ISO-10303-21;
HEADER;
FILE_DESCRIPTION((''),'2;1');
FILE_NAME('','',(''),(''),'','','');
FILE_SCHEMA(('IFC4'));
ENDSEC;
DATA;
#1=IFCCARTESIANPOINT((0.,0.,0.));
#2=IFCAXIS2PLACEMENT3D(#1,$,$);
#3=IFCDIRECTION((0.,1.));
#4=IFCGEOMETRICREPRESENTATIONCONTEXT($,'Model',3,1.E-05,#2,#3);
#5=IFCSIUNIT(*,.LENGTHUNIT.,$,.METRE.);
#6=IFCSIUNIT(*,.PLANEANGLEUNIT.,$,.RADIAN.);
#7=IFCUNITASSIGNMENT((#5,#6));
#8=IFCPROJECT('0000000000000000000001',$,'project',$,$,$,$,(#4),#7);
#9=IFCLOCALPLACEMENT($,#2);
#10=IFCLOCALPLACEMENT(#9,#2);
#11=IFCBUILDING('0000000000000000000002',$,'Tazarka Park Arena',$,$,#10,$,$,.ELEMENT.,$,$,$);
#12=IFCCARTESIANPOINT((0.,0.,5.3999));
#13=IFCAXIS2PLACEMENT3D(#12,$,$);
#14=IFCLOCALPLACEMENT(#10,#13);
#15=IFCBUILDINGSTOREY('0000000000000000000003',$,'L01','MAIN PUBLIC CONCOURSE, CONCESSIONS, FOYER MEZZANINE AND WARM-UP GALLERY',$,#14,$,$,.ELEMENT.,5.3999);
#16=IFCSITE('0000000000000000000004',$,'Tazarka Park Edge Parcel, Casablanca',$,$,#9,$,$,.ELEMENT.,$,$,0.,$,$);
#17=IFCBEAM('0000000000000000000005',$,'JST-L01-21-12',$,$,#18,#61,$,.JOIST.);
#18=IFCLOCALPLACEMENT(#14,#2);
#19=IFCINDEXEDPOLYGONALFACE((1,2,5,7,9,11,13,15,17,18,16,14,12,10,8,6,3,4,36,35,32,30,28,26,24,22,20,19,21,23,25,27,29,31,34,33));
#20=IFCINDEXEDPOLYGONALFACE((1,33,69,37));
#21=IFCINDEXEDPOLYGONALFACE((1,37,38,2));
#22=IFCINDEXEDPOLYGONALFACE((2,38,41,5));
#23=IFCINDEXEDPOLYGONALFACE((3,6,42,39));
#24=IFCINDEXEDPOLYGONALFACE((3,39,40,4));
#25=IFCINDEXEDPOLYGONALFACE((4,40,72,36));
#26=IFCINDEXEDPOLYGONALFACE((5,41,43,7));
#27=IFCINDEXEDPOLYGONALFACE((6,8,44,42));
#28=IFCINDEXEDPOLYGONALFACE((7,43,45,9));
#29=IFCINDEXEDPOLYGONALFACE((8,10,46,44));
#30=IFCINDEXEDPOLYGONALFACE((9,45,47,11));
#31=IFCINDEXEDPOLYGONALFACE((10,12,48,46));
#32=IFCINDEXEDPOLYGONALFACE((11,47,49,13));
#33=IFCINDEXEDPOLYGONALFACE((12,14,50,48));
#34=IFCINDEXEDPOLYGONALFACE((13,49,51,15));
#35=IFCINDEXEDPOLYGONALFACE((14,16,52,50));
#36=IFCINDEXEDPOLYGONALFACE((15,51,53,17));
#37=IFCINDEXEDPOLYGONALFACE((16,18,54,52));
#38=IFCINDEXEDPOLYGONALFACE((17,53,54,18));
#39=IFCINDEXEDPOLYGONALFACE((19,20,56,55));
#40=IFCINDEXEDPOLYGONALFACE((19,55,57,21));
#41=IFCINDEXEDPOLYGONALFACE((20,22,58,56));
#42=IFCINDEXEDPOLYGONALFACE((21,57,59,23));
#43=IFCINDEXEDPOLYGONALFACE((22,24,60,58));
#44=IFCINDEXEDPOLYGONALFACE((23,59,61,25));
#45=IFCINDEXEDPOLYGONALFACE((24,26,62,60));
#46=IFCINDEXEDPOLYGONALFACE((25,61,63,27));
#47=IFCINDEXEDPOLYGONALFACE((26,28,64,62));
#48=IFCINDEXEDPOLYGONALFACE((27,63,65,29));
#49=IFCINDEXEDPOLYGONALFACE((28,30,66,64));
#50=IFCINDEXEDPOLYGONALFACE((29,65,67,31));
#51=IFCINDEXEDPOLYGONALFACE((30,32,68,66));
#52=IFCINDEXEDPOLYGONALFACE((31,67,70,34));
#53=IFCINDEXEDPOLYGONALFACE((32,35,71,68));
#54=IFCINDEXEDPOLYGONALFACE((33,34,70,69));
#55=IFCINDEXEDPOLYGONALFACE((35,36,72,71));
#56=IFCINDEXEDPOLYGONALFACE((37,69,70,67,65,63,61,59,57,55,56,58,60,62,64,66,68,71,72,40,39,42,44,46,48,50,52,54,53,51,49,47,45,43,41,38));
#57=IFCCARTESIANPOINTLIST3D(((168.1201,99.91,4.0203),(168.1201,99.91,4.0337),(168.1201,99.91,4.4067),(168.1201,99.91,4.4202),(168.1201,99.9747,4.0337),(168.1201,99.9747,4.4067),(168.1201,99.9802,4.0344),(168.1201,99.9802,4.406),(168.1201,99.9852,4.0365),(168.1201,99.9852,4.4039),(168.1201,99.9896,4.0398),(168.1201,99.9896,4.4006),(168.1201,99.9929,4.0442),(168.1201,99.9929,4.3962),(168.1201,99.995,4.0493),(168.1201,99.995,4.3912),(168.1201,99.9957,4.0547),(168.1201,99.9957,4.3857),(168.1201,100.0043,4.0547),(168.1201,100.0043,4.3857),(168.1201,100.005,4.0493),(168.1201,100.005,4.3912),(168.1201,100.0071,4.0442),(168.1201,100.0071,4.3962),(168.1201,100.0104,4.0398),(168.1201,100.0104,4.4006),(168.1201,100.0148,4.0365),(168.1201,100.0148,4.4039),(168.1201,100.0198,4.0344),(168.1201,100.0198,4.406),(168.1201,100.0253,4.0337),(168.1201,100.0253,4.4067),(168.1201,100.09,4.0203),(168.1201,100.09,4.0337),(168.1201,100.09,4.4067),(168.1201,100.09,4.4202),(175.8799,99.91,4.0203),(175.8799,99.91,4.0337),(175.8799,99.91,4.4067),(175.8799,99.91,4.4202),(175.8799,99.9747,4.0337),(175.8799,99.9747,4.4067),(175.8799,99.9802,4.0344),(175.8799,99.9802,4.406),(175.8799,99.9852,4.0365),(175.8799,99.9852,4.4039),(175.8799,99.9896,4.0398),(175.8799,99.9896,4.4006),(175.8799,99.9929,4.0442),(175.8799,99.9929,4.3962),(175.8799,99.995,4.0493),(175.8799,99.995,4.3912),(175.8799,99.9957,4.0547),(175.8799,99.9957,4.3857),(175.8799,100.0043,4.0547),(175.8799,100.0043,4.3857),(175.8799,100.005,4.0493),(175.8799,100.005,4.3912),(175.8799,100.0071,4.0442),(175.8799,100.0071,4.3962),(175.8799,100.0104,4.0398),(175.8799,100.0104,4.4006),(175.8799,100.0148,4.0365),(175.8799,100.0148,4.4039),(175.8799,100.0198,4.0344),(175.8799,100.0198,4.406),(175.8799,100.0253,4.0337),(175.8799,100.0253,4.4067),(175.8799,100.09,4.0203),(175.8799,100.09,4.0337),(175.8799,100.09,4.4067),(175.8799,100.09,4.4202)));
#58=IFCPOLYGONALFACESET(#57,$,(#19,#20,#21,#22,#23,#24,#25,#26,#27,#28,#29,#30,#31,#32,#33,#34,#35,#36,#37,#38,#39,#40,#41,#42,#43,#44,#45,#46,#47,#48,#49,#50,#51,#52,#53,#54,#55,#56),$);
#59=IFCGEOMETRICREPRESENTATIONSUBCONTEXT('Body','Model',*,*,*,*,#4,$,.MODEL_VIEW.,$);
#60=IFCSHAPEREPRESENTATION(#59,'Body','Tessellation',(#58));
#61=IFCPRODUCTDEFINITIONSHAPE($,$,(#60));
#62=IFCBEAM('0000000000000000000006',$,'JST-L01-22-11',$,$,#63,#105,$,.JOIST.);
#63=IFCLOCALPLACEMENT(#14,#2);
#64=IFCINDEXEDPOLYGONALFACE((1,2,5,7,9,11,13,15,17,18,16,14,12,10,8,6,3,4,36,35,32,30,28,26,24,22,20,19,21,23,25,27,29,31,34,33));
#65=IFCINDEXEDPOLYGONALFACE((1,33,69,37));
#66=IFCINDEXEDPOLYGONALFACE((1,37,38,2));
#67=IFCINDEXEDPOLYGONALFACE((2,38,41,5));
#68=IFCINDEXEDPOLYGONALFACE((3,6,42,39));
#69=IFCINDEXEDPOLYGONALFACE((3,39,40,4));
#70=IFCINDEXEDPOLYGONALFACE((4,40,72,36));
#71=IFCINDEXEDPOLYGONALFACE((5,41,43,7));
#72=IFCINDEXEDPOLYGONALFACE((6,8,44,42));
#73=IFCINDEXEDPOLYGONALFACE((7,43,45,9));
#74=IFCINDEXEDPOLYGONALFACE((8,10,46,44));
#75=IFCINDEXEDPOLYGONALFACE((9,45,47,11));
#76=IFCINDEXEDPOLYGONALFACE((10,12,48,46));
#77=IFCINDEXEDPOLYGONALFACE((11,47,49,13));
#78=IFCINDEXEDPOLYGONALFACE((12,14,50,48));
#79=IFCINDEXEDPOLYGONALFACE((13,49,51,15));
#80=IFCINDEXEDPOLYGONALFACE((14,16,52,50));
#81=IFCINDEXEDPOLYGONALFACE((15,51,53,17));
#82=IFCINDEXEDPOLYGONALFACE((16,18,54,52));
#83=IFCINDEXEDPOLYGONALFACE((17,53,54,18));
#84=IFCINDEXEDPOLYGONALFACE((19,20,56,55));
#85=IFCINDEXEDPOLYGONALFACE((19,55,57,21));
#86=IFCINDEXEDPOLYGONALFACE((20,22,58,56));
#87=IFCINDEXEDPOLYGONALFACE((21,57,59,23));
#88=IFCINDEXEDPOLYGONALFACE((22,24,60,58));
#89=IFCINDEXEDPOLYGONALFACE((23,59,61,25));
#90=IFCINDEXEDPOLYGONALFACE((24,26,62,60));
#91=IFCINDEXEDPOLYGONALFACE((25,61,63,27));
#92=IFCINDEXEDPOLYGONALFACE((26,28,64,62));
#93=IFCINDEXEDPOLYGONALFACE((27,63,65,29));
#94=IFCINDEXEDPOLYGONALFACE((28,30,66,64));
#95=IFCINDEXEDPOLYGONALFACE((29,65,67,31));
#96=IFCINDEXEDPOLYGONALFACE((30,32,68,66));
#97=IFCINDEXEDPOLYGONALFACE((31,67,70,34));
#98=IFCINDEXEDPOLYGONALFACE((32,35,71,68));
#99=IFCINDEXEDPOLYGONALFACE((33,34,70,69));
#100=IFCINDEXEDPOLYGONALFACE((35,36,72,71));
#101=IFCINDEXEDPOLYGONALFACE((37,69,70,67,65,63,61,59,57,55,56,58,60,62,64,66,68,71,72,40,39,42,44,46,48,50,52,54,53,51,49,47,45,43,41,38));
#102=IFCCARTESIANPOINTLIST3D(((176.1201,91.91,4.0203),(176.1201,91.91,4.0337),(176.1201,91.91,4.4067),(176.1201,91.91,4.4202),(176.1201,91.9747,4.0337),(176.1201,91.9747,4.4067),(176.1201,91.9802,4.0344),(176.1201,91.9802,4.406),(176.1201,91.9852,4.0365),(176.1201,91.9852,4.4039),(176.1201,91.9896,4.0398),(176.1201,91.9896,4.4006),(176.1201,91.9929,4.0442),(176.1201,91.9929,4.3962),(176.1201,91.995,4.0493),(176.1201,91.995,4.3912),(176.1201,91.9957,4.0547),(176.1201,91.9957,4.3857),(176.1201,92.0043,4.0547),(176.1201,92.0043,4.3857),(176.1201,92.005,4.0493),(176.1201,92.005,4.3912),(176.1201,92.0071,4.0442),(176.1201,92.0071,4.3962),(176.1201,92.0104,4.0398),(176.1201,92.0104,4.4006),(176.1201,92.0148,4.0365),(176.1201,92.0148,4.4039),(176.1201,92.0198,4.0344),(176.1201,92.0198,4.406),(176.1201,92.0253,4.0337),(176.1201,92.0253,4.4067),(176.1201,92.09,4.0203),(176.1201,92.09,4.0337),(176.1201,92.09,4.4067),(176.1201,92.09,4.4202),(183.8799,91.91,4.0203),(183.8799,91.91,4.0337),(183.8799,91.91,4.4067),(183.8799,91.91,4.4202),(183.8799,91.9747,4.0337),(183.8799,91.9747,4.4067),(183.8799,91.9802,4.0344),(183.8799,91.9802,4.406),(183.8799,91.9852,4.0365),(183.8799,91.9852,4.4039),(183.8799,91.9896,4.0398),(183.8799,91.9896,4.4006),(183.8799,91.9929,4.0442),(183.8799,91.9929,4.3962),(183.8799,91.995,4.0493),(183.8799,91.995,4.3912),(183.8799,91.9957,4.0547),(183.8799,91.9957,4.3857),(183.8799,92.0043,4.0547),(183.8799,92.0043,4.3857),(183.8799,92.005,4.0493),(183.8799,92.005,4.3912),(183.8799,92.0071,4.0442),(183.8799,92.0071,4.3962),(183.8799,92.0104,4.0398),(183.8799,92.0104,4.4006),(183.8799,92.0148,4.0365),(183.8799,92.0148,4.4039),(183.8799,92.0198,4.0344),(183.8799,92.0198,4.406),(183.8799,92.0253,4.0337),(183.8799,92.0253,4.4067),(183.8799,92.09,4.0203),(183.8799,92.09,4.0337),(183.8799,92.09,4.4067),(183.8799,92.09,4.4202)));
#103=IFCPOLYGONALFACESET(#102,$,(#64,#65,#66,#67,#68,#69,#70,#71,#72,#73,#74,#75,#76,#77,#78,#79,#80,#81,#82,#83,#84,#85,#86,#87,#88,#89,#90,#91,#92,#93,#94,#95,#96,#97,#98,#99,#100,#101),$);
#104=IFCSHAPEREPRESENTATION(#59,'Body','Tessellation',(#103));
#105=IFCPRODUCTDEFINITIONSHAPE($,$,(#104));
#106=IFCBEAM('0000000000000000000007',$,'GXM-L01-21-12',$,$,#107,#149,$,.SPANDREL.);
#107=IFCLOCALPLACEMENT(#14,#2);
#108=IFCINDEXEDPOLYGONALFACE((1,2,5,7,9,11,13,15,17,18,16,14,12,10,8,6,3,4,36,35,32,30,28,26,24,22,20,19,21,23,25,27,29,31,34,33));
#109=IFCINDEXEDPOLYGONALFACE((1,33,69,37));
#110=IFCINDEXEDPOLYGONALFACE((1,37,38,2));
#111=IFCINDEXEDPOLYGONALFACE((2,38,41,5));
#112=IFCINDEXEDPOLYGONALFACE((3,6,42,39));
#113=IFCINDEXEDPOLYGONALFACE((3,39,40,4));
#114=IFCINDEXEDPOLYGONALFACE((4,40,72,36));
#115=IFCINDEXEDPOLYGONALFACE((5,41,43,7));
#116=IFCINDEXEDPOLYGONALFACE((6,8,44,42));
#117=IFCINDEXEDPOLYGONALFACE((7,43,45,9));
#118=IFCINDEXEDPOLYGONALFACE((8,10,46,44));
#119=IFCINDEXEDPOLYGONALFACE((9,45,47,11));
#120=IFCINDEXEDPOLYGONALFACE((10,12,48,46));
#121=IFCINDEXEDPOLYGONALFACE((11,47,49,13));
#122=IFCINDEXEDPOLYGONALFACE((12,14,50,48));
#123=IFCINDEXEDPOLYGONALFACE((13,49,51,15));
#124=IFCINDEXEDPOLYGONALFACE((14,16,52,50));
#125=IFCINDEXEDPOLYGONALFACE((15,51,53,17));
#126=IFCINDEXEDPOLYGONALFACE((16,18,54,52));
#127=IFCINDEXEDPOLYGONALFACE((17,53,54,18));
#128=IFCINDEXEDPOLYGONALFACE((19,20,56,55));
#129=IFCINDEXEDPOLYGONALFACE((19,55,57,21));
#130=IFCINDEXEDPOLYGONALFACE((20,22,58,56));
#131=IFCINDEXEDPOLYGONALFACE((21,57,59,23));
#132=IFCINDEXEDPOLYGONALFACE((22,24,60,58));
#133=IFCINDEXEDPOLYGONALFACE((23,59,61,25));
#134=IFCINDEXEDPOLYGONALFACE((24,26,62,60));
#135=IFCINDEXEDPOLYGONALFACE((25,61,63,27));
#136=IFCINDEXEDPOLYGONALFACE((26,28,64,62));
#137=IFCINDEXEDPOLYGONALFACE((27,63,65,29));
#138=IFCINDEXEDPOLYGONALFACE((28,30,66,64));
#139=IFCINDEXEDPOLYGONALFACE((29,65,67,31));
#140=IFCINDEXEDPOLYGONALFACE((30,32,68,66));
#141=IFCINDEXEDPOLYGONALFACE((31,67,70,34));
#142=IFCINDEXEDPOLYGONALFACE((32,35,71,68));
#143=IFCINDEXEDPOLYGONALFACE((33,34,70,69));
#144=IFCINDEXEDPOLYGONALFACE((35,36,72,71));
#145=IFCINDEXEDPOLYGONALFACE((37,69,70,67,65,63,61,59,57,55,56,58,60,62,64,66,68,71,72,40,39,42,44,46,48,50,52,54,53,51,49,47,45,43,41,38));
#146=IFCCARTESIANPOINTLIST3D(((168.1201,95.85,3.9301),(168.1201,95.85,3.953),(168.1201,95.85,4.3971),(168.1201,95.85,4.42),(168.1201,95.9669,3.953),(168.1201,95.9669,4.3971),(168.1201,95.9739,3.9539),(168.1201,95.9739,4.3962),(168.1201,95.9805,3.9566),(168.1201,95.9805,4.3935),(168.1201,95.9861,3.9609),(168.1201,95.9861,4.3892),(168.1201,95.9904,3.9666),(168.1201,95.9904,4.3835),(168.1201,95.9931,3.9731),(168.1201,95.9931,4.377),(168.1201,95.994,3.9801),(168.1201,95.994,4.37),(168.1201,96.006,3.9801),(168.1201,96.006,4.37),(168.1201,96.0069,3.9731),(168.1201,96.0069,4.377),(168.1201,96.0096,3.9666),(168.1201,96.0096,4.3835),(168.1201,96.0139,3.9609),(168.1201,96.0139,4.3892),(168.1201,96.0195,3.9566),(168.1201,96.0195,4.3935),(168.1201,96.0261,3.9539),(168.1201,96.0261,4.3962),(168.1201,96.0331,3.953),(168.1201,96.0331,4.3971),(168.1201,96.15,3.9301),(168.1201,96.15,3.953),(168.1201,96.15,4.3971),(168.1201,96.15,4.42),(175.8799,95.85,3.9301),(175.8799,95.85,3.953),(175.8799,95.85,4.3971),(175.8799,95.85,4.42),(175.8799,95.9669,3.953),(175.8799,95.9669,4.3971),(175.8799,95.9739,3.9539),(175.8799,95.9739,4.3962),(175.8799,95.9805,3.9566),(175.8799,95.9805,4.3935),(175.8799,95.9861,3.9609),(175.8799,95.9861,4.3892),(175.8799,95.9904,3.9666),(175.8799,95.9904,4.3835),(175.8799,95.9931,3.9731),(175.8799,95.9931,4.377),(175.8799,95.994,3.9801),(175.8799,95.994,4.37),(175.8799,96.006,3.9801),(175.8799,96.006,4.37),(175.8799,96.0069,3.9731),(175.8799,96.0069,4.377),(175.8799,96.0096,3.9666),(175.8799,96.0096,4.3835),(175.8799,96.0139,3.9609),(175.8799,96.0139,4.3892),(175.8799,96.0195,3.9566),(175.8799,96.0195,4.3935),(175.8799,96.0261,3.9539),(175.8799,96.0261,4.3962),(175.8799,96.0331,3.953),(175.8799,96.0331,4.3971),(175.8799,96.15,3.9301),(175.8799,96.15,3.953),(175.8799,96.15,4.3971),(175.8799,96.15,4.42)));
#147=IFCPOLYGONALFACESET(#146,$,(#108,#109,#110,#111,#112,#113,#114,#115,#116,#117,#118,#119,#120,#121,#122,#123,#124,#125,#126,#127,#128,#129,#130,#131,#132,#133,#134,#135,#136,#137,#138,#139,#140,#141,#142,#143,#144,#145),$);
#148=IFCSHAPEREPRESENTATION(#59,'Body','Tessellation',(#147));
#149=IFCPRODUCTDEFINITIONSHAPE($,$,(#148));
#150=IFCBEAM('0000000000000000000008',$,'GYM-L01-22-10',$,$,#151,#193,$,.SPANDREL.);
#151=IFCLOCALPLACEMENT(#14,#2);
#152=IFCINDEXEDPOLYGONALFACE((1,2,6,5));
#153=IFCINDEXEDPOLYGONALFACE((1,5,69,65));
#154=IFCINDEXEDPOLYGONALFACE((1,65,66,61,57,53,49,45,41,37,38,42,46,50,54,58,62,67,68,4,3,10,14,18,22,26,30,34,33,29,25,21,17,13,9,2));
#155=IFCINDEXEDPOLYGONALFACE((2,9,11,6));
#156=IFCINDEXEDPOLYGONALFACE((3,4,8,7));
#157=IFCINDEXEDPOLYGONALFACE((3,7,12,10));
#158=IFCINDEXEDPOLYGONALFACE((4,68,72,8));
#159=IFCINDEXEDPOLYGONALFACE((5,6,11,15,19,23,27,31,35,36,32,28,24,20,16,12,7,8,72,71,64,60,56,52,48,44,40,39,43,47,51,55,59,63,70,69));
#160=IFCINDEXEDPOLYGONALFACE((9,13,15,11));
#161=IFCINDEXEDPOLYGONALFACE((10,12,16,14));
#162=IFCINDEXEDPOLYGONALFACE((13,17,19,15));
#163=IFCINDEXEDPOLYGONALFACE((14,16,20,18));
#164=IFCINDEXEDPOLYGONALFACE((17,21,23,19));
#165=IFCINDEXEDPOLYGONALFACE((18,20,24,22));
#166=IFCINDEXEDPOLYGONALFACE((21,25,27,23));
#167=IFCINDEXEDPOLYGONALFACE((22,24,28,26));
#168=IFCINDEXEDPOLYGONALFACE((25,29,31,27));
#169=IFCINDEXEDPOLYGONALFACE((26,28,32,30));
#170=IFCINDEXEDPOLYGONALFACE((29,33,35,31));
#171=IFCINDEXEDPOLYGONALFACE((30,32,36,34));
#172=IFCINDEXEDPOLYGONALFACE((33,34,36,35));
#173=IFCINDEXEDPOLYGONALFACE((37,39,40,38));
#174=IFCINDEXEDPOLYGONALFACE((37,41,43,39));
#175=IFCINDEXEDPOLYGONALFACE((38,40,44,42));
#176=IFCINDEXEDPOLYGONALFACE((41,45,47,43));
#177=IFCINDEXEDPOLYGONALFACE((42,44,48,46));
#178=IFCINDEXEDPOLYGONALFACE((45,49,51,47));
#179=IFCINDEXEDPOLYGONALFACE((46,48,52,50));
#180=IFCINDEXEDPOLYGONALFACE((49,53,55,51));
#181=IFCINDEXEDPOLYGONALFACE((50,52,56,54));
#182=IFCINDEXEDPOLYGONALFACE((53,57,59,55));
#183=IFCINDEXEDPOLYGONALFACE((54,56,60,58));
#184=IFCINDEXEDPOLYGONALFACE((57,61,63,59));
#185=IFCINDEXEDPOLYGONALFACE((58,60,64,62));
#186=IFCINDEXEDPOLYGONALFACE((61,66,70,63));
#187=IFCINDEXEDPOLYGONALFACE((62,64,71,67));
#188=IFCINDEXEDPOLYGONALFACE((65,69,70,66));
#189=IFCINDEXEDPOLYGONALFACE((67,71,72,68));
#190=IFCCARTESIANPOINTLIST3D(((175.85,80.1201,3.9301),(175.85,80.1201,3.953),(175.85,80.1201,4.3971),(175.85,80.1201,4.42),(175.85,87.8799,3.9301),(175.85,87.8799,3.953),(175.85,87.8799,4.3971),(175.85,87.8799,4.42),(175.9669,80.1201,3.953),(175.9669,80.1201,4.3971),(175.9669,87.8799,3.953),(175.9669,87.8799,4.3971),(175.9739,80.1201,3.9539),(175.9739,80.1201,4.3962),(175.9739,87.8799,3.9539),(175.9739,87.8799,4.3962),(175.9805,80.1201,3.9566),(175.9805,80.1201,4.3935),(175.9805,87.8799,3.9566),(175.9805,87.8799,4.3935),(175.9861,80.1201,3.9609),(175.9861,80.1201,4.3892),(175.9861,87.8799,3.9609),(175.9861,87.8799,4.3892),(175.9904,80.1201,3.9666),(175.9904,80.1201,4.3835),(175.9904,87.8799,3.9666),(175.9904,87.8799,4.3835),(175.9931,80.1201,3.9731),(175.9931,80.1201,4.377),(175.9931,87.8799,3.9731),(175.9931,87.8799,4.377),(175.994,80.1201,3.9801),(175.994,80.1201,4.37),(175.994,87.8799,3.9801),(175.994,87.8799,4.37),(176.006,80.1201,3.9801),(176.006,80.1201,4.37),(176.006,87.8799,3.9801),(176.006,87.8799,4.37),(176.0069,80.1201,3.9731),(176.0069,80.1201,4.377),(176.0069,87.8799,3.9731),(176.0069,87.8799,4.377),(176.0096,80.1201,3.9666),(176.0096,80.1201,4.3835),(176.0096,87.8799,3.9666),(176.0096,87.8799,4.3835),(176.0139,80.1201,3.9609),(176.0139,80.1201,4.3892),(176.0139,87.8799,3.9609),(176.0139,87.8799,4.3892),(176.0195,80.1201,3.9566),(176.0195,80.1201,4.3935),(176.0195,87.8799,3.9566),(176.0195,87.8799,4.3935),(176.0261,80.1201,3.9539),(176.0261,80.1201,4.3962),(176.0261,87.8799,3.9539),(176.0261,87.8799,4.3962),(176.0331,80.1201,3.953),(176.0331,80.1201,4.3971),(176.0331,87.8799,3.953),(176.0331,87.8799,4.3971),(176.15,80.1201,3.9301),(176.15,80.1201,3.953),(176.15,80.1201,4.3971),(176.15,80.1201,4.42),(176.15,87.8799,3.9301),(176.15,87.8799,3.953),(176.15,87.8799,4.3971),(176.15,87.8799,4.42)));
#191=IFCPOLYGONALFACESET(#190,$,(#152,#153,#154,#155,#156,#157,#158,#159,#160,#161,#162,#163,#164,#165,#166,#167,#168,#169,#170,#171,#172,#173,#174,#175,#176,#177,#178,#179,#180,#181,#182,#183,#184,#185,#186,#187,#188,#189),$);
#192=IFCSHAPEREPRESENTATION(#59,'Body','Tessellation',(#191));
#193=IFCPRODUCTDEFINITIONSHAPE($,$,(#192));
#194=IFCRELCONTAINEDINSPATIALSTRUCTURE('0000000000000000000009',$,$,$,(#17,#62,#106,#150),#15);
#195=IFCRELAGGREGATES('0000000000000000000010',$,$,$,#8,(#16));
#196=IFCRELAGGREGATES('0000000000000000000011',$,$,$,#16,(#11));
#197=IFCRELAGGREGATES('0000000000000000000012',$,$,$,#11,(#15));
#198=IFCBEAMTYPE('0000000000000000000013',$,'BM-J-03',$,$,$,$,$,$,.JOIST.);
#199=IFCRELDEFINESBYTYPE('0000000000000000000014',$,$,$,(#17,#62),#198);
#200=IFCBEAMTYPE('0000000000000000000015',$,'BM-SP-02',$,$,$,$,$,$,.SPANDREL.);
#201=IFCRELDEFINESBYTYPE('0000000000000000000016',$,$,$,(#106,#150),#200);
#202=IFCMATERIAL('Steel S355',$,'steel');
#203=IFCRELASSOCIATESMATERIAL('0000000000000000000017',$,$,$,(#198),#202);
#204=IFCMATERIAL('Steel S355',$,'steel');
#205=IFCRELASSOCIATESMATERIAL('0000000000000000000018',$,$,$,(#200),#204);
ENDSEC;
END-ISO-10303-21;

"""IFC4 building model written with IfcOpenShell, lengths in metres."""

from ifc_helpers import new_model, si_unit, direction, frame, origin, origin_2d, place, context, subcontext, project, spatial, i_section, extrude, material, material_profile, profile_set, type_object, element, save


model = new_model("IFC4")

# Units and contexts
model_context = context("Model", 3, precision=1e-05, world=origin(), true_north=direction((0.0, 1.0)))
body_context = subcontext(model_context, "Body", "Model", "MODEL_VIEW")
ifc_project = project(units=[si_unit("LENGTHUNIT", "METRE"), si_unit("PLANEANGLEUNIT", "RADIAN")], contexts=[model_context])

# Site, building, storey
site_placement = place(None, origin())
site = spatial("IfcSite", under=ifc_project, at=site_placement, Name="Tazarka Park Edge Parcel, Casablanca", CompositionType="ELEMENT", RefElevation=0.0)
building_placement = place(site_placement, origin())
building = spatial("IfcBuilding", under=site, at=building_placement, Name="Tazarka Park Arena", CompositionType="ELEMENT")
storey_placement = place(building_placement, frame((0.0, 0.0, 5.3999)))
storey = spatial("IfcBuildingStorey", under=building, at=storey_placement, Name="L01", Description="MAIN PUBLIC CONCOURSE, CONCESSIONS, FOYER MEZZANINE AND WARM-UP GALLERY", CompositionType="ELEMENT", Elevation=5.3999)

# Beams
ifc_material_1 = material(Name="Steel S355", Category="steel")
ifc_material_profile_1 = material_profile(ifc_material_1, i_section(OverallWidth=0.1799, OverallDepth=0.3999, WebThickness=0.0085, FlangeThickness=0.0134, FilletRadius=0.021, at=origin_2d()), Name="Steel S355")
ifc_profile_set_1 = profile_set([ifc_material_profile_1], Name="Steel S355")
beam_type_1 = type_object("IfcBeamType", Name="BM-J-03", PredefinedType="JOIST", material=ifc_profile_set_1)
for number, where, z_axis, x_axis, name in (
    (1, (168.1201, 100.0, 4.2202), (1.0, 0.0, 0.0), (0.0, 1.0, 0.0), "JST-L01-21-12"),
    (2, (176.1201, 92.0, 4.2202), (1.0, 0.0, 0.0), (0.0, 1.0, 0.0), "JST-L01-22-11"),
):
    element("IfcBeam", number, at=place(storey_placement, frame(where, z_axis=z_axis, x_axis=x_axis)), inside=storey, type_object=beam_type_1, Name=name, PredefinedType="JOIST", context=body_context, shape_type="SweptSolid", body=[
        extrude(i_section(OverallWidth=0.1799, OverallDepth=0.3999, WebThickness=0.0085, FlangeThickness=0.0134, FilletRadius=0.021, at=origin_2d()), origin(), (0.0, 0.0, 1.0), 7.7598),
    ])
ifc_material_2 = material(Name="Steel S355", Category="steel")
ifc_material_profile_2 = material_profile(ifc_material_2, i_section(OverallWidth=0.3, OverallDepth=0.49, WebThickness=0.012, FlangeThickness=0.0229, FilletRadius=0.0271, at=origin_2d()), Name="Steel S355")
ifc_profile_set_2 = profile_set([ifc_material_profile_2], Name="Steel S355")
beam_type_2 = type_object("IfcBeamType", Name="BM-SP-02", PredefinedType="SPANDREL", material=ifc_profile_set_2)
for number, where, z_axis, x_axis, name in (
    (3, (168.1201, 96.0, 4.175), (1.0, 0.0, 0.0), (0.0, 1.0, 0.0), "GXM-L01-21-12"),
    (4, (176.0, 80.1201, 4.175), (0.0, 1.0, 0.0), (-1.0, 0.0, 0.0), "GYM-L01-22-10"),
):
    element("IfcBeam", number, at=place(storey_placement, frame(where, z_axis=z_axis, x_axis=x_axis)), inside=storey, type_object=beam_type_2, Name=name, PredefinedType="SPANDREL", context=body_context, shape_type="SweptSolid", body=[
        extrude(i_section(OverallWidth=0.3, OverallDepth=0.49, WebThickness=0.012, FlangeThickness=0.0229, FilletRadius=0.0271, at=origin_2d()), origin(), (0.0, 0.0, 1.0), 7.7598),
    ])

save(model, "model.ifc")
